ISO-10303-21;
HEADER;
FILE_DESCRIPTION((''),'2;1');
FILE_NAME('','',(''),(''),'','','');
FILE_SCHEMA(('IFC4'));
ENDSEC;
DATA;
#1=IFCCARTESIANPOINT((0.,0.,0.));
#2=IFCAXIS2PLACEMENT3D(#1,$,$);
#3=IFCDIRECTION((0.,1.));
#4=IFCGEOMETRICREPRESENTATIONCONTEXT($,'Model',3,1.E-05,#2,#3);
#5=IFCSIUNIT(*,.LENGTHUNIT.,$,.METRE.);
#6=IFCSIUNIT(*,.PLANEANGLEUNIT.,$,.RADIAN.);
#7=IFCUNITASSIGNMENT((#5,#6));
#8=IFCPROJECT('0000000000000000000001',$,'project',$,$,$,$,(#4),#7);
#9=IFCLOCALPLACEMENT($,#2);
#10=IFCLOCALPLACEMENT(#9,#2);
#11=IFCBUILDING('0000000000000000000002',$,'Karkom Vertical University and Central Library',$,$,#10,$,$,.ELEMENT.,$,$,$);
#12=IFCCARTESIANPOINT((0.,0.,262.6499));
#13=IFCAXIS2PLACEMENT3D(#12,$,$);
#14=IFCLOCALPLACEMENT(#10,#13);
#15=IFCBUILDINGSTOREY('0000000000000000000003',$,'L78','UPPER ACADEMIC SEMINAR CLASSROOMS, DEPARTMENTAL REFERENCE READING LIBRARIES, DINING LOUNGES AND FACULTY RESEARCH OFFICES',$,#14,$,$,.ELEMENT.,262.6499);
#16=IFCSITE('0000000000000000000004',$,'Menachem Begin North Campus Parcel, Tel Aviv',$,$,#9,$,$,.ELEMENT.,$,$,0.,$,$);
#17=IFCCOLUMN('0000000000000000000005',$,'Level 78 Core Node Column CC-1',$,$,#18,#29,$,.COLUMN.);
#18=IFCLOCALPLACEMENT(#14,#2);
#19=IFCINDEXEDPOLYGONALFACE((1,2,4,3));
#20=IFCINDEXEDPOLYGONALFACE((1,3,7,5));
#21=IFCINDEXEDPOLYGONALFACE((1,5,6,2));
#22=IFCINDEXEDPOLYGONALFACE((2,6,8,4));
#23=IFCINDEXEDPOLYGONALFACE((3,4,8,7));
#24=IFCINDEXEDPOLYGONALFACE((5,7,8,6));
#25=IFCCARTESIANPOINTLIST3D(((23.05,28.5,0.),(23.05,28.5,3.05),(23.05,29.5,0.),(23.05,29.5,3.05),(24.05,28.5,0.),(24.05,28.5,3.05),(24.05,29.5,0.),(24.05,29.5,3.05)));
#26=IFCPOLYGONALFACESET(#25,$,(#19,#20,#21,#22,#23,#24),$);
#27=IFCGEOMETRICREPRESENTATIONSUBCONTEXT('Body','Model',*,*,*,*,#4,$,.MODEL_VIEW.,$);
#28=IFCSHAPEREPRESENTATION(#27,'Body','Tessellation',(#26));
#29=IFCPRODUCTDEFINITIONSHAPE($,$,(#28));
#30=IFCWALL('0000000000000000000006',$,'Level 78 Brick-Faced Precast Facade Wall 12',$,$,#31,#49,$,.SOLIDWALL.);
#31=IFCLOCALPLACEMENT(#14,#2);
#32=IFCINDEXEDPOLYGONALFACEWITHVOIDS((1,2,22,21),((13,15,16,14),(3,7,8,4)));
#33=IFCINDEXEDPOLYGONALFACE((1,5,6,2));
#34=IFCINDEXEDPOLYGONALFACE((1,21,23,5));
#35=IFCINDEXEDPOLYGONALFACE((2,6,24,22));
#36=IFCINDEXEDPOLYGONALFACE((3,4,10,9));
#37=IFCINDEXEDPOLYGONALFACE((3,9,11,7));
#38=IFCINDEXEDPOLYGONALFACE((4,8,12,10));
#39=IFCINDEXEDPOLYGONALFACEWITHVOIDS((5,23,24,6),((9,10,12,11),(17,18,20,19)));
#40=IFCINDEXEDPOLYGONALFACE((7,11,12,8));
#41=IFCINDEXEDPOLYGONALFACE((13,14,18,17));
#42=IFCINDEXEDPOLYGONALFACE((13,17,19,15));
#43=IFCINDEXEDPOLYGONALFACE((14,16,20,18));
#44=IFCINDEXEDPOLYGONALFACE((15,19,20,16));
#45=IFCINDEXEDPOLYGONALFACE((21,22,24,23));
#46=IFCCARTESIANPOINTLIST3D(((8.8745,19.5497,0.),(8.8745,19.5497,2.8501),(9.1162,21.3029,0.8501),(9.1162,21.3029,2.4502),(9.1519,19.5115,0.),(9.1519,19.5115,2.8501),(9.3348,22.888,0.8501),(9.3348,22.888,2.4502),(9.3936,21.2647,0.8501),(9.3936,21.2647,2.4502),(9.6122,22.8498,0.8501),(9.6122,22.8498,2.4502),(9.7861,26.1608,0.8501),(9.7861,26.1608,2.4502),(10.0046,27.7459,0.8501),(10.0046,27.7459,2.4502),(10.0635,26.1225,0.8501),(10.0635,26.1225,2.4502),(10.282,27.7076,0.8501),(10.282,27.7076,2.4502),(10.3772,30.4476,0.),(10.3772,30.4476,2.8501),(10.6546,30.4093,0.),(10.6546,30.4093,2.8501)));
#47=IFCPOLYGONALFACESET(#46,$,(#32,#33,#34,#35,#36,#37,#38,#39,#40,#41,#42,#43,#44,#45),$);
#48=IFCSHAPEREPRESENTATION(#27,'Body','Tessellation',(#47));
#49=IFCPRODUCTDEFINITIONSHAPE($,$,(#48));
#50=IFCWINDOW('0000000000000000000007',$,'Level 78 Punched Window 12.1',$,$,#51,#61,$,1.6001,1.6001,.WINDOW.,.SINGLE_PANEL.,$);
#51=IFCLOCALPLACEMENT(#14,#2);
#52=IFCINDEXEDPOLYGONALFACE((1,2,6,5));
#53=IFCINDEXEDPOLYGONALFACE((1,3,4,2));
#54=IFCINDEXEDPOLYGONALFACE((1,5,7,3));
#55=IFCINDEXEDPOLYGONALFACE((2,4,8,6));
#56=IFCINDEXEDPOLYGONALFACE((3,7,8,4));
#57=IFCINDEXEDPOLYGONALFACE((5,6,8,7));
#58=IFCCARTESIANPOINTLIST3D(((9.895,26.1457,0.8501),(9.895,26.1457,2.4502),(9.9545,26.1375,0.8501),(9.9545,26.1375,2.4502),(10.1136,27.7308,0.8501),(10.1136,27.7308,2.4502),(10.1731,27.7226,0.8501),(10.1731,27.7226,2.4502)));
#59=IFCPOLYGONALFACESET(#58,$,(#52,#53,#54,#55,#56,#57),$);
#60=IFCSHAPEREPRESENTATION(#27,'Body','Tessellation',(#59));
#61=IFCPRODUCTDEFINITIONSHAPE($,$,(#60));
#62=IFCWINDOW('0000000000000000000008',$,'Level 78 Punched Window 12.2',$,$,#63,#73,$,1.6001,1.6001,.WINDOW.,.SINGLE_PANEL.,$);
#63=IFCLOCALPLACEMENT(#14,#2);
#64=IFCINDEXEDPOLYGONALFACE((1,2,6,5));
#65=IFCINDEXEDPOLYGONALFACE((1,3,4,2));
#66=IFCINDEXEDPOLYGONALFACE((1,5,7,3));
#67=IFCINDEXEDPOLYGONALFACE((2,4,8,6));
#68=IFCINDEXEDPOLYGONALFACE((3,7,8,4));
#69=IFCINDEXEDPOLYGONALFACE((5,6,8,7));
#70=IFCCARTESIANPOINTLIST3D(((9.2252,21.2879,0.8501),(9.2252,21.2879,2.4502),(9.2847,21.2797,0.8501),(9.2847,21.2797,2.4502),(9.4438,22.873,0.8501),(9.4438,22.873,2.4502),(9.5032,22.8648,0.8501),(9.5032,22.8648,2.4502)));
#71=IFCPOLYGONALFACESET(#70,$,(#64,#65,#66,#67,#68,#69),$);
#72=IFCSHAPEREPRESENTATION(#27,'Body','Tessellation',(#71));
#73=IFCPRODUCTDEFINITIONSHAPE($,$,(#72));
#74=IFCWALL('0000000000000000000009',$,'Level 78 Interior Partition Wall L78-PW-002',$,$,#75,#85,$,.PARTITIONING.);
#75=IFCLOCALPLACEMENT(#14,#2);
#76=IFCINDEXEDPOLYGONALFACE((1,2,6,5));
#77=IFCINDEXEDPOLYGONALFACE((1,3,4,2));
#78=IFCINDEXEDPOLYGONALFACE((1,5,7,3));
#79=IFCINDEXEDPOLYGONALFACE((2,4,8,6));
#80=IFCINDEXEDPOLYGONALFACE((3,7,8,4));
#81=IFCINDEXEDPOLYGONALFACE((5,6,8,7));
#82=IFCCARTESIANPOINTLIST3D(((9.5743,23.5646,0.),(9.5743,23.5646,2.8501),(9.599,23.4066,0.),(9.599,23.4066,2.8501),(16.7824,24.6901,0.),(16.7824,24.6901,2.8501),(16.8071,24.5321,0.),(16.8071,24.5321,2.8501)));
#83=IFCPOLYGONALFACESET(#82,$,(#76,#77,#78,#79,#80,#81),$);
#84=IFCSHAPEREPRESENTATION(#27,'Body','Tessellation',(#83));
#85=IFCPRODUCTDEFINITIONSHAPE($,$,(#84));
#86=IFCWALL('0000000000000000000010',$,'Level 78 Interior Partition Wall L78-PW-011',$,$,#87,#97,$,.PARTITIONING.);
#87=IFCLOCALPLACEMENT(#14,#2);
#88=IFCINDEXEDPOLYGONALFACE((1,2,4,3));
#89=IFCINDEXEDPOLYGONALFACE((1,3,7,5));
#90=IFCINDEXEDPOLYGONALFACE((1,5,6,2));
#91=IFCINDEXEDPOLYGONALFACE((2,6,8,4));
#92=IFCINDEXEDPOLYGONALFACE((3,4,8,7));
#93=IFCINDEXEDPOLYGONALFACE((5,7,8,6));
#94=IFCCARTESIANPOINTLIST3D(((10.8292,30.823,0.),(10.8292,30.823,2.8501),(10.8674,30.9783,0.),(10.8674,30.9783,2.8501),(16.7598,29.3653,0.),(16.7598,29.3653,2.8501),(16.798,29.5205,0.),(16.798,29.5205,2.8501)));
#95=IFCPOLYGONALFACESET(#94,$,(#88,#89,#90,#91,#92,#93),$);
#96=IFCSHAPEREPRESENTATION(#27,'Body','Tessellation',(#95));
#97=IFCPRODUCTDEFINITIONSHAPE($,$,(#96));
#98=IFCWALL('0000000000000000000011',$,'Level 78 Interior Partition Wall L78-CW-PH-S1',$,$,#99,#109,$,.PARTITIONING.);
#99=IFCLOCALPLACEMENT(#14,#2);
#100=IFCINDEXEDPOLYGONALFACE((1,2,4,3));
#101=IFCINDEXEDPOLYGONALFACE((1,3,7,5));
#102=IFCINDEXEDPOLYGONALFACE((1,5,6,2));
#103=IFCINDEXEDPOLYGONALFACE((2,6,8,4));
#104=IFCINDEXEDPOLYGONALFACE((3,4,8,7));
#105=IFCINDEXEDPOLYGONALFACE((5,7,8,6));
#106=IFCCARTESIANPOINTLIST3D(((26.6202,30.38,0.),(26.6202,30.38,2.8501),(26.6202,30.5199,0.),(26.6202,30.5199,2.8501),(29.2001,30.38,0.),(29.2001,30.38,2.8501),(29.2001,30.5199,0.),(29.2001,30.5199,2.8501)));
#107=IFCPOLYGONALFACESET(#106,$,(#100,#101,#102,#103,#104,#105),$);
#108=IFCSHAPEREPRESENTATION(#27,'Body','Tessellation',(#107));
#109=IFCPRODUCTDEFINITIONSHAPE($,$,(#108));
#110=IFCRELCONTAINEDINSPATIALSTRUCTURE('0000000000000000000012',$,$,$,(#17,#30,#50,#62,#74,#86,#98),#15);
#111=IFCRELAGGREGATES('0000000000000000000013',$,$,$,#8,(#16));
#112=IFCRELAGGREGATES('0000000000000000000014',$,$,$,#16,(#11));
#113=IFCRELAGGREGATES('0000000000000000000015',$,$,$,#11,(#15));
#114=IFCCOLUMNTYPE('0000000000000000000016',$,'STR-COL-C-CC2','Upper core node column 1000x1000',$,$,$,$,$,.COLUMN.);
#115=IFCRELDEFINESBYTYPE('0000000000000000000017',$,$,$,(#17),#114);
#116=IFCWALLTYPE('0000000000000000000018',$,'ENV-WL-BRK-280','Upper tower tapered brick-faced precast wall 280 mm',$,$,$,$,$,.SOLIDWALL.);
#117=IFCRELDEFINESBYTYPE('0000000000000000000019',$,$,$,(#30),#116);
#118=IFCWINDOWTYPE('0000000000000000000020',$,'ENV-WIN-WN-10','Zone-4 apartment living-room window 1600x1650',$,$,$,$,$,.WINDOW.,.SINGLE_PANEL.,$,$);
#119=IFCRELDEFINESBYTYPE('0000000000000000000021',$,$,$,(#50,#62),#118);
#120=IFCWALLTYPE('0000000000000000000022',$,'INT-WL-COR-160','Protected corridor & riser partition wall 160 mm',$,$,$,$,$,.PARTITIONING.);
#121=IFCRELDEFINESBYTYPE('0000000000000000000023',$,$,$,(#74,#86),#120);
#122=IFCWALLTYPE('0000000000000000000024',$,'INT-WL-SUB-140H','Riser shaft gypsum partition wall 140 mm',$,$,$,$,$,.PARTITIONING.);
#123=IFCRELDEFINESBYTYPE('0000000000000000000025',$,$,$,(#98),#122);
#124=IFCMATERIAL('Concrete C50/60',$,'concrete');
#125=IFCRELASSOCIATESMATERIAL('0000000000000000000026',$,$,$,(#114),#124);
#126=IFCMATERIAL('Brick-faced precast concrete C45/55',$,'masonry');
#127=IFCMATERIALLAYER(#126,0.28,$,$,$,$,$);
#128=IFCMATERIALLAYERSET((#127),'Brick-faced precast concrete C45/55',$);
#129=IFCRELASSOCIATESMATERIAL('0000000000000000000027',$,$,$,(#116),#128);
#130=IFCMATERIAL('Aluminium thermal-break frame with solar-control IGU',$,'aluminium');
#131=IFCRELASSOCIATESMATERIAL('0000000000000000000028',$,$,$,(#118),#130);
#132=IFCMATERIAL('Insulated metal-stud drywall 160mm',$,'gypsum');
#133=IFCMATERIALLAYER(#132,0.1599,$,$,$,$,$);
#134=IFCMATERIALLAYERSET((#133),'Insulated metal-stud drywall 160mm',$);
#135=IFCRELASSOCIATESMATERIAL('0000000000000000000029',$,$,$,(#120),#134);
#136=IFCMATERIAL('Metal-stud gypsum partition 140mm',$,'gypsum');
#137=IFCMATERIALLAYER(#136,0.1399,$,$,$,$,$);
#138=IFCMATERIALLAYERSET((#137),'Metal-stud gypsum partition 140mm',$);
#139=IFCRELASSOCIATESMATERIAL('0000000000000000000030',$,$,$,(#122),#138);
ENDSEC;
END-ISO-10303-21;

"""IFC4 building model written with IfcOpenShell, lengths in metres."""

from ifc_helpers import new_model, si_unit, direction, frame, frame_2d, origin, origin_with_axes, origin_2d, place, context, subcontext, project, spatial, rectangle, extrude, source, transform, mapped, material, layer, layer_set, material_profile, profile_set, type_object, element, fill, save


model = new_model("IFC4")

# Units and contexts
model_context = context("Model", 3, precision=1e-05, world=origin(), true_north=direction((0.0, 1.0)))
body_context = subcontext(model_context, "Body", "Model", "MODEL_VIEW")
ifc_project = project(units=[si_unit("LENGTHUNIT", "METRE"), si_unit("PLANEANGLEUNIT", "RADIAN")], contexts=[model_context])

# Site, building, storey
site_placement = place(None, origin())
site = spatial("IfcSite", under=ifc_project, at=site_placement, Name="Menachem Begin North Campus Parcel, Tel Aviv", CompositionType="ELEMENT", RefElevation=0.0)
building_placement = place(site_placement, origin())
building = spatial("IfcBuilding", under=site, at=building_placement, Name="Karkom Vertical University and Central Library", CompositionType="ELEMENT")
storey_placement = place(building_placement, frame((0.0, 0.0, 262.6499)))
storey = spatial("IfcBuildingStorey", under=building, at=storey_placement, Name="L78", Description="UPPER ACADEMIC SEMINAR CLASSROOMS, DEPARTMENTAL REFERENCE READING LIBRARIES, DINING LOUNGES AND FACULTY RESEARCH OFFICES", CompositionType="ELEMENT", Elevation=262.6499)

# Column
ifc_material_1 = material(Name="Concrete C50/60", Category="concrete")
ifc_material_profile = material_profile(ifc_material_1, rectangle(XDim=1.0, YDim=1.0, at=origin_2d()), Name="RC-1000x1000")
ifc_profile_set = profile_set([ifc_material_profile], Name="Concrete C50/60")
column_type = type_object("IfcColumnType", Name="STR-COL-C-CC2", Description="Upper core node column 1000x1000", PredefinedType="COLUMN", material=ifc_profile_set)
shared_shape_1 = source(origin_with_axes(), body_context, "Body", "SweptSolid", [
    extrude(rectangle(XDim=1.0, YDim=1.0, at=origin_2d()), origin(), (0.0, 0.0, 1.0), 3.05),
])
column_placement = place(storey_placement, frame((23.55, 29.0, 0.0), z_axis=(0.0, 0.0, 1.0), x_axis=(1.0, 0.0, 0.0)))
element("IfcColumn", 1, at=column_placement, inside=storey, type_object=column_type, Name="Level 78 Core Node Column CC-1", PredefinedType="COLUMN", context=body_context, shape_type="MappedRepresentation", body=[
    mapped(shared_shape_1, transform((0.0, 0.0, 0.0), scale=1.0)),
])

# Wall, openings, windows
ifc_material_2 = material(Name="Brick-faced precast concrete C45/55", Category="masonry")
ifc_layer_1 = layer(ifc_material_2, 0.28)
ifc_layer_set_1 = layer_set([ifc_layer_1], Name="Brick-faced precast concrete C45/55")
wall_type_1 = type_object("IfcWallType", Name="ENV-WL-BRK-280", Description="Upper tower tapered brick-faced precast wall 280 mm", PredefinedType="SOLIDWALL", material=ifc_layer_set_1)
wall_1_placement = place(storey_placement, frame((10.5159, 30.4285, 0.0), z_axis=(0.0, 0.0, 1.0), x_axis=(-0.136595, -0.990627, 0.0)))
wall_1 = element("IfcWall", 2, at=wall_1_placement, inside=storey, type_object=wall_type_1, Name="Level 78 Brick-Faced Precast Facade Wall 12", PredefinedType="SOLIDWALL", context=body_context, shape_type="SweptSolid", body=[
    extrude(rectangle(XDim=11.001, YDim=0.28, at=frame_2d((5.5005, 0.0))), origin(), (0.0, 0.0, 1.0), 2.8501),
])
opening_1_placement = place(wall_1_placement, frame((2.7273, 0.0, 0.8501)))
opening_1 = element("IfcOpeningElement", 3, at=opening_1_placement, cuts=wall_1, PredefinedType="OPENING", context=body_context, shape_type="SweptSolid", body=[
    extrude(rectangle(XDim=1.6001, YDim=1.6001, at=frame_2d((0.8, 0.8))), frame((0.0, 0.1499, 0.0), z_axis=(0.0, -1.0, 0.0), x_axis=(1.0, 0.0, 0.0)), (0.0, 0.0, 1.0), 0.3),
])
opening_2_placement = place(wall_1_placement, frame((7.6311, 0.0, 0.8501)))
opening_2 = element("IfcOpeningElement", 4, at=opening_2_placement, cuts=wall_1, PredefinedType="OPENING", context=body_context, shape_type="SweptSolid", body=[
    extrude(rectangle(XDim=1.6001, YDim=1.6001, at=frame_2d((0.8, 0.8))), frame((0.0, 0.1499, 0.0), z_axis=(0.0, -1.0, 0.0), x_axis=(1.0, 0.0, 0.0)), (0.0, 0.0, 1.0), 0.3),
])
ifc_material_3 = material(Name="Aluminium thermal-break frame with solar-control IGU", Category="aluminium")
window_type = type_object("IfcWindowType", Name="ENV-WIN-WN-10", Description="Zone-4 apartment living-room window 1600x1650", PartitioningType="SINGLE_PANEL", PredefinedType="WINDOW", material=ifc_material_3)
shared_shape_2 = source(origin_with_axes(), body_context, "Body", "SweptSolid", [
    extrude(rectangle(XDim=1.6001, YDim=1.6001, at=frame_2d((0.8, 0.8))), frame((0.0, 0.03, 0.0), z_axis=(0.0, -1.0, 0.0), x_axis=(1.0, 0.0, 0.0)), (0.0, 0.0, 1.0), 0.0601),
])
window_1_placement = place(opening_1_placement, origin())
window_1 = element("IfcWindow", 5, at=window_1_placement, inside=storey, type_object=window_type, Name="Level 78 Punched Window 12.1", OverallHeight=1.6001, OverallWidth=1.6001, PartitioningType="SINGLE_PANEL", PredefinedType="WINDOW", context=body_context, shape_type="MappedRepresentation", body=[
    mapped(shared_shape_2, transform((0.0, 0.0, 0.0), scale=1.0)),
])
fill(opening_1, window_1)
window_2_placement = place(opening_2_placement, origin())
window_2 = element("IfcWindow", 6, at=window_2_placement, inside=storey, type_object=window_type, Name="Level 78 Punched Window 12.2", OverallHeight=1.6001, OverallWidth=1.6001, PartitioningType="SINGLE_PANEL", PredefinedType="WINDOW", context=body_context, shape_type="MappedRepresentation", body=[
    mapped(shared_shape_2, transform((0.0, 0.0, 0.0), scale=1.0)),
])
fill(opening_2, window_2)

# Walls
ifc_material_4 = material(Name="Insulated metal-stud drywall 160mm", Category="gypsum")
ifc_layer_2 = layer(ifc_material_4, 0.1599)
ifc_layer_set_2 = layer_set([ifc_layer_2], Name="Insulated metal-stud drywall 160mm")
wall_type_2 = type_object("IfcWallType", Name="INT-WL-COR-160", Description="Protected corridor & riser partition wall 160 mm", PredefinedType="PARTITIONING", material=ifc_layer_set_2)
wall_2_placement = place(storey_placement, frame((9.5867, 23.4856, 0.0), z_axis=(0.0, 0.0, 1.0), x_axis=(0.988028, 0.154275, 0.0)))
element("IfcWall", 7, at=wall_2_placement, inside=storey, type_object=wall_type_2, Name="Level 78 Interior Partition Wall L78-PW-002", PredefinedType="PARTITIONING", context=body_context, shape_type="SweptSolid", body=[
    extrude(rectangle(XDim=7.2954, YDim=0.1599, at=frame_2d((3.6477, 0.0))), origin(), (0.0, 0.0, 1.0), 2.8501),
])
wall_3_placement = place(storey_placement, frame((16.7791, 29.4429, 0.0), z_axis=(0.0, 0.0, 1.0), x_axis=(-0.971094, 0.238696, 0.0)))
element("IfcWall", 8, at=wall_3_placement, inside=storey, type_object=wall_type_2, Name="Level 78 Interior Partition Wall L78-PW-011", PredefinedType="PARTITIONING", context=body_context, shape_type="SweptSolid", body=[
    extrude(rectangle(XDim=6.1072, YDim=0.1599, at=frame_2d((3.0537, 0.0))), origin(), (0.0, 0.0, 1.0), 2.8501),
])
ifc_material_5 = material(Name="Metal-stud gypsum partition 140mm", Category="gypsum")
ifc_layer_3 = layer(ifc_material_5, 0.1399)
ifc_layer_set_3 = layer_set([ifc_layer_3], Name="Metal-stud gypsum partition 140mm")
wall_type_3 = type_object("IfcWallType", Name="INT-WL-SUB-140H", Description="Riser shaft gypsum partition wall 140 mm", PredefinedType="PARTITIONING", material=ifc_layer_set_3)
wall_4_placement = place(storey_placement, frame((26.6201, 30.45, 0.0), z_axis=(0.0, 0.0, 1.0), x_axis=(1.0, 0.0, 0.0)))
element("IfcWall", 9, at=wall_4_placement, inside=storey, type_object=wall_type_3, Name="Level 78 Interior Partition Wall L78-CW-PH-S1", PredefinedType="PARTITIONING", context=body_context, shape_type="SweptSolid", body=[
    extrude(rectangle(XDim=2.5798, YDim=0.1399, at=frame_2d((1.29, 0.0))), origin(), (0.0, 0.0, 1.0), 2.8501),
])

save(model, "model.ifc")
